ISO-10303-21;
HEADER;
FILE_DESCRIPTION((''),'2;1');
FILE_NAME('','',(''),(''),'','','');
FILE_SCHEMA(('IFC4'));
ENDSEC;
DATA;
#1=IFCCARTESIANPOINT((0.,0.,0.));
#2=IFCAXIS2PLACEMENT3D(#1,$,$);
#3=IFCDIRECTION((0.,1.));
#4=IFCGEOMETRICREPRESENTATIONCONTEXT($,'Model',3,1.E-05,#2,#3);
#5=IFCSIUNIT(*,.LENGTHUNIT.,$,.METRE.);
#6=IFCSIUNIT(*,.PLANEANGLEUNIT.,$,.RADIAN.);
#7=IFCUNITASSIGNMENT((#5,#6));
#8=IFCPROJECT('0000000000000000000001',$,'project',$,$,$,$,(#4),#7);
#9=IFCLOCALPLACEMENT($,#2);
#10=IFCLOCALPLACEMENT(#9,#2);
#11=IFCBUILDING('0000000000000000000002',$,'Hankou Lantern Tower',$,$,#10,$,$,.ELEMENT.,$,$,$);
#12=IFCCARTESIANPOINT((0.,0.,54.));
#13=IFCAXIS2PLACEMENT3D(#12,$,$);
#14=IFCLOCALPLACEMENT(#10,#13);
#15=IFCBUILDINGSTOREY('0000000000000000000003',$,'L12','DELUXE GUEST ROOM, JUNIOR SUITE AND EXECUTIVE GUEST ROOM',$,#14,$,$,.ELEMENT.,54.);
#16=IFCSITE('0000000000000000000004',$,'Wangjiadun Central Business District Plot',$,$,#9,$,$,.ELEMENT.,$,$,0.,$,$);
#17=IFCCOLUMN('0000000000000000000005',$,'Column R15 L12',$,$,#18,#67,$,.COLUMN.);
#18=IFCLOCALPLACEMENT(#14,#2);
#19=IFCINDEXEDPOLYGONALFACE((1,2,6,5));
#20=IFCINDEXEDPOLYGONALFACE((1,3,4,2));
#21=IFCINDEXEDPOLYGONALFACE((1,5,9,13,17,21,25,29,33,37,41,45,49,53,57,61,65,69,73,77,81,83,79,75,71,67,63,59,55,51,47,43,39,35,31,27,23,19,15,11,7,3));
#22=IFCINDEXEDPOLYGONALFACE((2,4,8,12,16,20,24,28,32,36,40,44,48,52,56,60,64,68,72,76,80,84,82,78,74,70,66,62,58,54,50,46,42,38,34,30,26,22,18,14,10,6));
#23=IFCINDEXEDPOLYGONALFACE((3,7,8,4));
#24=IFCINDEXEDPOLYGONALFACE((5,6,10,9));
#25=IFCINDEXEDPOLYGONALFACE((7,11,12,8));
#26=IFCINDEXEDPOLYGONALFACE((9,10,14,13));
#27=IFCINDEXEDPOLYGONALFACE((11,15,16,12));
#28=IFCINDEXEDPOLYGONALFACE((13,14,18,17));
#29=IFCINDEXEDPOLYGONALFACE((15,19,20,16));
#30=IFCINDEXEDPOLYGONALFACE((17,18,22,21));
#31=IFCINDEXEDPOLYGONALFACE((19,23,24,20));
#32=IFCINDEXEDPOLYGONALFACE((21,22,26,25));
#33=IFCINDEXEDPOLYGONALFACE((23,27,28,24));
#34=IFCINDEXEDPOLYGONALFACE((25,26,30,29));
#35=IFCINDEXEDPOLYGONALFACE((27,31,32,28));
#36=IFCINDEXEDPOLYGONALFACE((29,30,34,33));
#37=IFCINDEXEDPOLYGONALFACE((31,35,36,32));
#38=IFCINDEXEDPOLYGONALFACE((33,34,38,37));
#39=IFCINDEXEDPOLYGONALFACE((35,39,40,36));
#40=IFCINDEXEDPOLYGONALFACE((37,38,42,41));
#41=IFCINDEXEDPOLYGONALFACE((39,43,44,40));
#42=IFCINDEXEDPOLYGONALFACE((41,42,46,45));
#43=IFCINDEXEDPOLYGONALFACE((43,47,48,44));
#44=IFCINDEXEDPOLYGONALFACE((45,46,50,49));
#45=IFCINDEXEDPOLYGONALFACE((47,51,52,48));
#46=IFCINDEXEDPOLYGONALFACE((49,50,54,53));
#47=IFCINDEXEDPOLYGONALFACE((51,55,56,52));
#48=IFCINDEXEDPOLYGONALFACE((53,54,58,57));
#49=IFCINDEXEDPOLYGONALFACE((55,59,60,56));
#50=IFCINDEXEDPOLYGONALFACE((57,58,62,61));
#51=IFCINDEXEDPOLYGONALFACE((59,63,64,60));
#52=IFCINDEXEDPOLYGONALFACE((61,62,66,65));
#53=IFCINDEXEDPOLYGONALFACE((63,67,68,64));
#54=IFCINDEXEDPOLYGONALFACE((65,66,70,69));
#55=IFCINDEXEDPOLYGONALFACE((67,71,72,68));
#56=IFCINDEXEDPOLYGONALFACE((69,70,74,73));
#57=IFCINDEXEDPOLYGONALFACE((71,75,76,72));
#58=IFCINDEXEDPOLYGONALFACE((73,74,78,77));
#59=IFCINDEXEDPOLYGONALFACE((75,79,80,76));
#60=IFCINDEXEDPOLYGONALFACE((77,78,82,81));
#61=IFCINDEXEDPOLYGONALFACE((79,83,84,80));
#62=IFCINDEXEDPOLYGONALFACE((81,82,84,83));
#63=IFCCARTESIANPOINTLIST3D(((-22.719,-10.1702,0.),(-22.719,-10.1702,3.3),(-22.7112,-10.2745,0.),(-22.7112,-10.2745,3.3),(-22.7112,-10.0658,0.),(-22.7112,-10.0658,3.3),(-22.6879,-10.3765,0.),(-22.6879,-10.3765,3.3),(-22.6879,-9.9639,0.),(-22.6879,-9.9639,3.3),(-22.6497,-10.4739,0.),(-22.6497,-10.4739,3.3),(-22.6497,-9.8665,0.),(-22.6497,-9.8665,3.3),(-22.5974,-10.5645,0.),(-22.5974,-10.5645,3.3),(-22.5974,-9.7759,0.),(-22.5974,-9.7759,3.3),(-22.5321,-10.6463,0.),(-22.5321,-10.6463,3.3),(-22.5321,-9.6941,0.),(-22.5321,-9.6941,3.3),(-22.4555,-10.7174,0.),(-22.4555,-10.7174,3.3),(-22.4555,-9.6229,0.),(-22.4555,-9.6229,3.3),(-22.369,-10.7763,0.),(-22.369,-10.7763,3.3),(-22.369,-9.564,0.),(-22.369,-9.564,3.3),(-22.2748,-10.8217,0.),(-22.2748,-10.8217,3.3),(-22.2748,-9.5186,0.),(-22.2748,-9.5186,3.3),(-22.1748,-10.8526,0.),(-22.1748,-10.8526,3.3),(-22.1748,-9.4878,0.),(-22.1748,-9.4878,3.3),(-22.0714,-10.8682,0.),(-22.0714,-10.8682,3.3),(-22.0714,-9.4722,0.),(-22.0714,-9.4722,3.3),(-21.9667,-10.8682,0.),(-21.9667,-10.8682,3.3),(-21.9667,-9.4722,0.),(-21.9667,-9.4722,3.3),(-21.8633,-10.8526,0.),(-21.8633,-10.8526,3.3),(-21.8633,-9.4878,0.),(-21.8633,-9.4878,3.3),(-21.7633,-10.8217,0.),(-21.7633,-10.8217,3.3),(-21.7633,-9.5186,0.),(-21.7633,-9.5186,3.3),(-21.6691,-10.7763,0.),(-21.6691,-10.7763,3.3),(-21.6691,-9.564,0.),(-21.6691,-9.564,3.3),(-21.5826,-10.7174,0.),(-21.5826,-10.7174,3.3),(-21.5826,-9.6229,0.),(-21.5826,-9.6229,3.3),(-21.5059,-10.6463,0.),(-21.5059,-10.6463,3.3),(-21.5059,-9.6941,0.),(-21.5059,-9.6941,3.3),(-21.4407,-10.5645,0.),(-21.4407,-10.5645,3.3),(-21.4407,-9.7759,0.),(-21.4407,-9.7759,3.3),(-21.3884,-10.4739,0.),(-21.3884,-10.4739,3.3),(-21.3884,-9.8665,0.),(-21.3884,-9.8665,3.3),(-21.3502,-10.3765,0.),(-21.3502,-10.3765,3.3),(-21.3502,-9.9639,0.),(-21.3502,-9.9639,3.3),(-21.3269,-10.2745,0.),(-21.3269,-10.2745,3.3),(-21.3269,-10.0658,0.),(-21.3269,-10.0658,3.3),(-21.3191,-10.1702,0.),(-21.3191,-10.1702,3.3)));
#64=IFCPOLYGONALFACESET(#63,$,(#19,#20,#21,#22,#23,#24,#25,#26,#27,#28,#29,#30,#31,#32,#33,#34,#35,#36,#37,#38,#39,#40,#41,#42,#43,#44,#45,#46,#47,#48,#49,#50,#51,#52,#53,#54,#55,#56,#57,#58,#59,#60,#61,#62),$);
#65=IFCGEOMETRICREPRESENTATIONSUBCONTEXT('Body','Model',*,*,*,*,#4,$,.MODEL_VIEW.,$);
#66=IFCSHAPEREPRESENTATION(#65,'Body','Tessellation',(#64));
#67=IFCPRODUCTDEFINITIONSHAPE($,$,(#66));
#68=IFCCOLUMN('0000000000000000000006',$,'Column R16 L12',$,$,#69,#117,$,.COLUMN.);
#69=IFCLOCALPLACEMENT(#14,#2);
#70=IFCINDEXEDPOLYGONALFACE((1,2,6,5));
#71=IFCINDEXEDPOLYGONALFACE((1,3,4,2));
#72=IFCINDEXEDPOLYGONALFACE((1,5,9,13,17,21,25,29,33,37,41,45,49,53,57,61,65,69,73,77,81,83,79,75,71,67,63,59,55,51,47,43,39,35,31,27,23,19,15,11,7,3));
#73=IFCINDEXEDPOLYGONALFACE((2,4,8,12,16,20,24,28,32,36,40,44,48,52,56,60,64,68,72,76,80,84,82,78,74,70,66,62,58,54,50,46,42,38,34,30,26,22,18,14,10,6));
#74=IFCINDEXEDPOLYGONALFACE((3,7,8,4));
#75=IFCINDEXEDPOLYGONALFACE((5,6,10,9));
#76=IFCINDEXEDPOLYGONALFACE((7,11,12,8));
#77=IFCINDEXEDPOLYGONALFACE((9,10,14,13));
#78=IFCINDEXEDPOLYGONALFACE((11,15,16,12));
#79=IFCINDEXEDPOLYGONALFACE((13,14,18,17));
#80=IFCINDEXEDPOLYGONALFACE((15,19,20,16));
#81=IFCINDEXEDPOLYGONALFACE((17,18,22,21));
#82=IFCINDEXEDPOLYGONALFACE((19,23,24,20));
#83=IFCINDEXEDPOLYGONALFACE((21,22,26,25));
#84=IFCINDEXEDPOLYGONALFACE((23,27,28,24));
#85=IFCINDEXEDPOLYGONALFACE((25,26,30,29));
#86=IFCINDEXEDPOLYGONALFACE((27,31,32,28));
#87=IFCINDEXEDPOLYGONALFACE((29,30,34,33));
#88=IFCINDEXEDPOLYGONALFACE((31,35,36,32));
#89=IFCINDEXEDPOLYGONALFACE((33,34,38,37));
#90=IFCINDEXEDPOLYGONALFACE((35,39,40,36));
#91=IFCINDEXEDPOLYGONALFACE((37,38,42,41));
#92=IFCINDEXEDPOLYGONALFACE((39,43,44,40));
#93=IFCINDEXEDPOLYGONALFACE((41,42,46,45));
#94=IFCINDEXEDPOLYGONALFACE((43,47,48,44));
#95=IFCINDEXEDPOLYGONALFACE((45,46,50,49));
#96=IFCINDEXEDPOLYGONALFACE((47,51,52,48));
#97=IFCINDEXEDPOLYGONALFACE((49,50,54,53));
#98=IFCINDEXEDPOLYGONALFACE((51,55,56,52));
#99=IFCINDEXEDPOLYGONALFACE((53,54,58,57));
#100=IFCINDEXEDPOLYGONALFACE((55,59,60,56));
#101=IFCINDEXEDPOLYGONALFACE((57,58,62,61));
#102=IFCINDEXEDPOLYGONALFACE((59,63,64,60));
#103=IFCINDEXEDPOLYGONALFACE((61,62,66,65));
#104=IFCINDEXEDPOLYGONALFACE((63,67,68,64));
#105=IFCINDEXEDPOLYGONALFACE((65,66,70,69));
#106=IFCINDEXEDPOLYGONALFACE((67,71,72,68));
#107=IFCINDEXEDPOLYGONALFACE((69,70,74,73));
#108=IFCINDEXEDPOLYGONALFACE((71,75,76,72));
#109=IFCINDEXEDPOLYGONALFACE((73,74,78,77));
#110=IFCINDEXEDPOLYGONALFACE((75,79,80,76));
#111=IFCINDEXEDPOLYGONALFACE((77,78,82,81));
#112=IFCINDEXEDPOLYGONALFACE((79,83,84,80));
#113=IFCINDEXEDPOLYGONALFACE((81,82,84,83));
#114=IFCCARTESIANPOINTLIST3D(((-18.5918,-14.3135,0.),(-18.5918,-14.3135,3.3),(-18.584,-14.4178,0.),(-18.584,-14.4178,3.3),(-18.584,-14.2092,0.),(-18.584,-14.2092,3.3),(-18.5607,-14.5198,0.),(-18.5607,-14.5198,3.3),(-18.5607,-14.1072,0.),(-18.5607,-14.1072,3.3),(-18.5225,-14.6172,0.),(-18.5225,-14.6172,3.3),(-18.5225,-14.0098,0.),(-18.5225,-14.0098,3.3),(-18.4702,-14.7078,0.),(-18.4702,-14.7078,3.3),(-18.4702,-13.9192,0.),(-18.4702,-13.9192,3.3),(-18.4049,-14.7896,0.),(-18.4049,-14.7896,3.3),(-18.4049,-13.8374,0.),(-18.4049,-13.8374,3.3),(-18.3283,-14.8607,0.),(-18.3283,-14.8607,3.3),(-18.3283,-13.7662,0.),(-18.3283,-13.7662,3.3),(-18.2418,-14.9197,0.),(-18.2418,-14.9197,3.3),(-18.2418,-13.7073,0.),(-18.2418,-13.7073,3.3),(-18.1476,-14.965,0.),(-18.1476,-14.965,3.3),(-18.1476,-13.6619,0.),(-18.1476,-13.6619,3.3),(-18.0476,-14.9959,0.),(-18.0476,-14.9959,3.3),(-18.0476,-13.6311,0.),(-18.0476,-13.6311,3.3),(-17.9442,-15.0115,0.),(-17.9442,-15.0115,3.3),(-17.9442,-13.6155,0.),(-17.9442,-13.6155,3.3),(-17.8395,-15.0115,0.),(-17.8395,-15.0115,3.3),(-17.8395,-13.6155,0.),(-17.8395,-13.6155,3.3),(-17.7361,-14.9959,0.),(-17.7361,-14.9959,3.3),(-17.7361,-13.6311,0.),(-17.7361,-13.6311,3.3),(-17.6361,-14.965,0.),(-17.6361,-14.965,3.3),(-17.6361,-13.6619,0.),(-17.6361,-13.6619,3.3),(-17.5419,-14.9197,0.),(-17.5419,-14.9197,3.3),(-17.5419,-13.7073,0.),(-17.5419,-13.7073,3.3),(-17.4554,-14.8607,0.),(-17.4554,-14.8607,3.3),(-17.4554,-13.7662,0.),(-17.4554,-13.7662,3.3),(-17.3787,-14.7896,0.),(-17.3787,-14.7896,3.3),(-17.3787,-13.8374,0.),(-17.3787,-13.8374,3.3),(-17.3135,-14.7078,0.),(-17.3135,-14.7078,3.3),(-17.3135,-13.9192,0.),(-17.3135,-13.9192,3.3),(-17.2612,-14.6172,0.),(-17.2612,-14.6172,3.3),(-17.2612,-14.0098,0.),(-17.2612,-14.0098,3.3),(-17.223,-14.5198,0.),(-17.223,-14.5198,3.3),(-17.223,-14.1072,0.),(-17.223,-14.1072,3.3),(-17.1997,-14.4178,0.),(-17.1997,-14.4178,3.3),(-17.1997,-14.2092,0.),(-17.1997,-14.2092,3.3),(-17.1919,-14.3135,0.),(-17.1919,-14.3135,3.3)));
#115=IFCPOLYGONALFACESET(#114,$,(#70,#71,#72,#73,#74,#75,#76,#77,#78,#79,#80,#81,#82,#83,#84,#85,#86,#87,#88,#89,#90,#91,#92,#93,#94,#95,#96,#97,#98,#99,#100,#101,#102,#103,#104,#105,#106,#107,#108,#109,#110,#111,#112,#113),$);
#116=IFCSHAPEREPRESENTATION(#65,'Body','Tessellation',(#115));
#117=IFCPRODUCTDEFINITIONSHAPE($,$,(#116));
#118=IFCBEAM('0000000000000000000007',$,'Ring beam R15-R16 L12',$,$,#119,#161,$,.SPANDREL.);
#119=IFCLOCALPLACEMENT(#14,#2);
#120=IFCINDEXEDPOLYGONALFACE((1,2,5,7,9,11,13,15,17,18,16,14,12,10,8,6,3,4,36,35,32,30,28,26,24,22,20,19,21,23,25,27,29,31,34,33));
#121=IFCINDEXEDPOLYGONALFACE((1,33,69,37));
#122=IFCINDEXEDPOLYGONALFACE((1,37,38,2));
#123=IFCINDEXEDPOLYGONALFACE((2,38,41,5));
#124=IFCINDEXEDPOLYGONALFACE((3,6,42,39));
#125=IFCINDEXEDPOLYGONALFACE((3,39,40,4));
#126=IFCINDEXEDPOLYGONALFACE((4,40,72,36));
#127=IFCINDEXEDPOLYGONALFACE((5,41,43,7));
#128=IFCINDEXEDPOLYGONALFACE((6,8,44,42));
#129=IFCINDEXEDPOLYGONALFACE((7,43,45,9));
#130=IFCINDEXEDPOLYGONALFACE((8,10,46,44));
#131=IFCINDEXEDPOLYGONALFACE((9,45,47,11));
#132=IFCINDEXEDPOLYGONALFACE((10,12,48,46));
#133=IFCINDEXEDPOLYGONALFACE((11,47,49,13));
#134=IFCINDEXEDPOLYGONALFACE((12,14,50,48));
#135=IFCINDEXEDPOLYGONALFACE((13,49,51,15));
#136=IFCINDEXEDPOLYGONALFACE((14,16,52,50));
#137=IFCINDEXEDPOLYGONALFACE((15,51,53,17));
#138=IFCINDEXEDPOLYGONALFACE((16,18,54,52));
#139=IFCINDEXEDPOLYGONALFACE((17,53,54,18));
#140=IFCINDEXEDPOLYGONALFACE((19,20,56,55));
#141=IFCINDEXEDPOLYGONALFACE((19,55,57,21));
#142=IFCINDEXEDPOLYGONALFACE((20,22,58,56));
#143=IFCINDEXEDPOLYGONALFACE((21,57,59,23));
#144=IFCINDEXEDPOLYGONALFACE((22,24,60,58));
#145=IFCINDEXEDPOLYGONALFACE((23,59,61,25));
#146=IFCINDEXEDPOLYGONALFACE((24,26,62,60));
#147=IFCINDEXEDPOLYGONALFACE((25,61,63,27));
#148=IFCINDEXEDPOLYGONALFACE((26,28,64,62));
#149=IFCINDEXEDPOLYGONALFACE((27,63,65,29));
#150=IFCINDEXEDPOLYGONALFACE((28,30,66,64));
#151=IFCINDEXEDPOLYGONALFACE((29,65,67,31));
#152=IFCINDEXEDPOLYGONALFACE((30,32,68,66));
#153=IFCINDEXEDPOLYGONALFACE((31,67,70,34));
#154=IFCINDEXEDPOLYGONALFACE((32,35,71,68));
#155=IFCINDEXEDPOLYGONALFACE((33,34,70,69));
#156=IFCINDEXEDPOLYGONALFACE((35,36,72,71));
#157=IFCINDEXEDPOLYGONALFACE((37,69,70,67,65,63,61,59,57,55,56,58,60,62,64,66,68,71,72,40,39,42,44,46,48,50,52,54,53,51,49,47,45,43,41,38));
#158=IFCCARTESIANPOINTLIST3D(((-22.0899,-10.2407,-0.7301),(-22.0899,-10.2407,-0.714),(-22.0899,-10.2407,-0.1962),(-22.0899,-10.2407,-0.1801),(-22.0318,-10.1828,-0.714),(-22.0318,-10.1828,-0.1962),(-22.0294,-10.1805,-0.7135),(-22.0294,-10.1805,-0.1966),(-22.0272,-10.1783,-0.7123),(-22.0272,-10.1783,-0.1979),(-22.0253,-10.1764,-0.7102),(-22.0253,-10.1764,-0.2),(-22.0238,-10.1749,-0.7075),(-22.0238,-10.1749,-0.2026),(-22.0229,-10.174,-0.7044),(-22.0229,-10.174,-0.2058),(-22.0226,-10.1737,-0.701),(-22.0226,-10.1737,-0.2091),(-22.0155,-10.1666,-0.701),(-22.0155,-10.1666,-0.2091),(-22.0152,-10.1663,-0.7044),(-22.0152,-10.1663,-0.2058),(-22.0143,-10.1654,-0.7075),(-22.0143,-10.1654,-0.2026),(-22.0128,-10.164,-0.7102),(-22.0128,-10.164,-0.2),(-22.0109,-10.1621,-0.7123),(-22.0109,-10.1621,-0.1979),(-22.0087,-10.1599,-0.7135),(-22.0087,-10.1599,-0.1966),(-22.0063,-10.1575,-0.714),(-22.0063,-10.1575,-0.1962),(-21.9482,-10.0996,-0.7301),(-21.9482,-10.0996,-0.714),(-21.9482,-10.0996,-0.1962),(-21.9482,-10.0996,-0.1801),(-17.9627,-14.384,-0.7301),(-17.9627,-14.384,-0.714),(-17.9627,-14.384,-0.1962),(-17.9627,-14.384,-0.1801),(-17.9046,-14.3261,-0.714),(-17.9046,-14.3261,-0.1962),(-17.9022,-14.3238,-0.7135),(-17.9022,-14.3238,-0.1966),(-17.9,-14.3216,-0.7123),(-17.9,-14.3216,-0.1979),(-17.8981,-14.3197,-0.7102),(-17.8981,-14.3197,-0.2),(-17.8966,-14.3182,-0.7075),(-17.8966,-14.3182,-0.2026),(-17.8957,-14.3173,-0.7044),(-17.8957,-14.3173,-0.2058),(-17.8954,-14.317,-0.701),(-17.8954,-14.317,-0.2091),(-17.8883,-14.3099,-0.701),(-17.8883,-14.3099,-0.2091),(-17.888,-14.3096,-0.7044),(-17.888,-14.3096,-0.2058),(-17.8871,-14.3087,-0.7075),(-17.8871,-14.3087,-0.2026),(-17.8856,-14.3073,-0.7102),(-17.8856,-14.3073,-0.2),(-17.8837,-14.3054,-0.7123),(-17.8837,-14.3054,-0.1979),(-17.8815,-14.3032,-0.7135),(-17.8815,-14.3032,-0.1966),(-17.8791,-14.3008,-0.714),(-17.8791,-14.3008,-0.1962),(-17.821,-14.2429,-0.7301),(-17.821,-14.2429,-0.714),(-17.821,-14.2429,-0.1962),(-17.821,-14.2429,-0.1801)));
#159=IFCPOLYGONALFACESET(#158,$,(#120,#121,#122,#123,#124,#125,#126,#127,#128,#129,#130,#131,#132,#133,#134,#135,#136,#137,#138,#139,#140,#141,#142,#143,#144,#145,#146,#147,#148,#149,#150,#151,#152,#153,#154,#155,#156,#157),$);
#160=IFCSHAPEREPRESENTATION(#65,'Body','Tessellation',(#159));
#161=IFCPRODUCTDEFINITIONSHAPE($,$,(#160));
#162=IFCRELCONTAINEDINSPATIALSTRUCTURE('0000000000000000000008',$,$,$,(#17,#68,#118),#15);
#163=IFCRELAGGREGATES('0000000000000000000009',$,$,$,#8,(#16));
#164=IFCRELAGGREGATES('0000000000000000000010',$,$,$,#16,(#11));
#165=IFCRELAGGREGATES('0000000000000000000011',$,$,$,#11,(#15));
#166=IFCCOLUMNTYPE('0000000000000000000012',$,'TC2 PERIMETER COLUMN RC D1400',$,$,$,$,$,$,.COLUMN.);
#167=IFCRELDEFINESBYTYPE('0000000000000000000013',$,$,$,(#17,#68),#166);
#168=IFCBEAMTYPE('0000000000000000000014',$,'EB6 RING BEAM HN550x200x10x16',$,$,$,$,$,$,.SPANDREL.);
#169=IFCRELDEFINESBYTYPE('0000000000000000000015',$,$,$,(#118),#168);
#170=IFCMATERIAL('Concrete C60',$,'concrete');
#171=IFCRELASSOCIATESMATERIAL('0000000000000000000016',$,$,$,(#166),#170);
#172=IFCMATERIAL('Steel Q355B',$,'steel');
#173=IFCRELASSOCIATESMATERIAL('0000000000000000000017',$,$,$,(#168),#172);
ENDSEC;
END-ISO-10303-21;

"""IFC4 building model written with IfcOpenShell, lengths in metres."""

from ifc_helpers import new_model, si_unit, direction, frame, origin, origin_2d, place, context, subcontext, project, spatial, circle, i_section, extrude, material, material_profile, profile_set, type_object, element, save


model = new_model("IFC4")

# Units and contexts
model_context = context("Model", 3, precision=1e-05, world=origin(), true_north=direction((0.0, 1.0)))
body_context = subcontext(model_context, "Body", "Model", "MODEL_VIEW")
ifc_project = project(units=[si_unit("LENGTHUNIT", "METRE"), si_unit("PLANEANGLEUNIT", "RADIAN")], contexts=[model_context])

# Site, building, storey
site_placement = place(None, origin())
site = spatial("IfcSite", under=ifc_project, at=site_placement, Name="Wangjiadun Central Business District Plot", CompositionType="ELEMENT", RefElevation=0.0)
building_placement = place(site_placement, origin())
building = spatial("IfcBuilding", under=site, at=building_placement, Name="Hankou Lantern Tower", CompositionType="ELEMENT")
storey_placement = place(building_placement, frame((0.0, 0.0, 54.0)))
storey = spatial("IfcBuildingStorey", under=building, at=storey_placement, Name="L12", Description="DELUXE GUEST ROOM, JUNIOR SUITE AND EXECUTIVE GUEST ROOM", CompositionType="ELEMENT", Elevation=54.0)

# Columns
ifc_material_1 = material(Name="Concrete C60", Category="concrete")
ifc_material_profile_1 = material_profile(ifc_material_1, circle(Radius=0.7, at=origin_2d()), Name="RC D1400")
ifc_profile_set_1 = profile_set([ifc_material_profile_1], Name="Concrete C60")
column_type = type_object("IfcColumnType", Name="TC2 PERIMETER COLUMN RC D1400", PredefinedType="COLUMN", material=ifc_profile_set_1)
for number, where, z_axis, x_axis, name in (
    (1, (-22.019, -10.1702, 0.0), (0.0, 0.0, 1.0), (1.0, 0.0, 0.0), "Column R15 L12"),
    (2, (-17.8918, -14.3135, 0.0), (0.0, 0.0, 1.0), (1.0, 0.0, 0.0), "Column R16 L12"),
):
    element("IfcColumn", number, at=place(storey_placement, frame(where, z_axis=z_axis, x_axis=x_axis)), inside=storey, type_object=column_type, Name=name, PredefinedType="COLUMN", context=body_context, shape_type="SweptSolid", body=[
        extrude(circle(Radius=0.7, at=origin_2d()), origin(), (0.0, 0.0, 1.0), 3.3),
    ])

# Beam
ifc_material_2 = material(Name="Steel Q355B", Category="steel")
ifc_material_profile_2 = material_profile(ifc_material_2, i_section(OverallWidth=0.2, OverallDepth=0.55, WebThickness=0.01, FlangeThickness=0.0161, FilletRadius=0.0129, at=origin_2d()), Name="HN550x200x10x16")
ifc_profile_set_2 = profile_set([ifc_material_profile_2], Name="Steel Q355B")
beam_type_1 = type_object("IfcBeamType", Name="EB6 RING BEAM HN550x200x10x16", PredefinedType="SPANDREL", material=ifc_profile_set_2)
beam_1_placement = place(storey_placement, frame((-22.019, -10.1702, -0.4551), z_axis=(0.705728, -0.708483, 0.0), x_axis=(0.708483, 0.705728, 0.0)))
element("IfcBeam", 3, at=beam_1_placement, inside=storey, type_object=beam_type_1, Name="Ring beam R15-R16 L12", PredefinedType="SPANDREL", context=body_context, shape_type="SweptSolid", body=[
    extrude(i_section(OverallWidth=0.2, OverallDepth=0.55, WebThickness=0.01, FlangeThickness=0.0161, FilletRadius=0.0129, at=origin_2d()), origin(), (0.0, 0.0, 1.0), 5.8481),
])

save(model, "model.ifc")
